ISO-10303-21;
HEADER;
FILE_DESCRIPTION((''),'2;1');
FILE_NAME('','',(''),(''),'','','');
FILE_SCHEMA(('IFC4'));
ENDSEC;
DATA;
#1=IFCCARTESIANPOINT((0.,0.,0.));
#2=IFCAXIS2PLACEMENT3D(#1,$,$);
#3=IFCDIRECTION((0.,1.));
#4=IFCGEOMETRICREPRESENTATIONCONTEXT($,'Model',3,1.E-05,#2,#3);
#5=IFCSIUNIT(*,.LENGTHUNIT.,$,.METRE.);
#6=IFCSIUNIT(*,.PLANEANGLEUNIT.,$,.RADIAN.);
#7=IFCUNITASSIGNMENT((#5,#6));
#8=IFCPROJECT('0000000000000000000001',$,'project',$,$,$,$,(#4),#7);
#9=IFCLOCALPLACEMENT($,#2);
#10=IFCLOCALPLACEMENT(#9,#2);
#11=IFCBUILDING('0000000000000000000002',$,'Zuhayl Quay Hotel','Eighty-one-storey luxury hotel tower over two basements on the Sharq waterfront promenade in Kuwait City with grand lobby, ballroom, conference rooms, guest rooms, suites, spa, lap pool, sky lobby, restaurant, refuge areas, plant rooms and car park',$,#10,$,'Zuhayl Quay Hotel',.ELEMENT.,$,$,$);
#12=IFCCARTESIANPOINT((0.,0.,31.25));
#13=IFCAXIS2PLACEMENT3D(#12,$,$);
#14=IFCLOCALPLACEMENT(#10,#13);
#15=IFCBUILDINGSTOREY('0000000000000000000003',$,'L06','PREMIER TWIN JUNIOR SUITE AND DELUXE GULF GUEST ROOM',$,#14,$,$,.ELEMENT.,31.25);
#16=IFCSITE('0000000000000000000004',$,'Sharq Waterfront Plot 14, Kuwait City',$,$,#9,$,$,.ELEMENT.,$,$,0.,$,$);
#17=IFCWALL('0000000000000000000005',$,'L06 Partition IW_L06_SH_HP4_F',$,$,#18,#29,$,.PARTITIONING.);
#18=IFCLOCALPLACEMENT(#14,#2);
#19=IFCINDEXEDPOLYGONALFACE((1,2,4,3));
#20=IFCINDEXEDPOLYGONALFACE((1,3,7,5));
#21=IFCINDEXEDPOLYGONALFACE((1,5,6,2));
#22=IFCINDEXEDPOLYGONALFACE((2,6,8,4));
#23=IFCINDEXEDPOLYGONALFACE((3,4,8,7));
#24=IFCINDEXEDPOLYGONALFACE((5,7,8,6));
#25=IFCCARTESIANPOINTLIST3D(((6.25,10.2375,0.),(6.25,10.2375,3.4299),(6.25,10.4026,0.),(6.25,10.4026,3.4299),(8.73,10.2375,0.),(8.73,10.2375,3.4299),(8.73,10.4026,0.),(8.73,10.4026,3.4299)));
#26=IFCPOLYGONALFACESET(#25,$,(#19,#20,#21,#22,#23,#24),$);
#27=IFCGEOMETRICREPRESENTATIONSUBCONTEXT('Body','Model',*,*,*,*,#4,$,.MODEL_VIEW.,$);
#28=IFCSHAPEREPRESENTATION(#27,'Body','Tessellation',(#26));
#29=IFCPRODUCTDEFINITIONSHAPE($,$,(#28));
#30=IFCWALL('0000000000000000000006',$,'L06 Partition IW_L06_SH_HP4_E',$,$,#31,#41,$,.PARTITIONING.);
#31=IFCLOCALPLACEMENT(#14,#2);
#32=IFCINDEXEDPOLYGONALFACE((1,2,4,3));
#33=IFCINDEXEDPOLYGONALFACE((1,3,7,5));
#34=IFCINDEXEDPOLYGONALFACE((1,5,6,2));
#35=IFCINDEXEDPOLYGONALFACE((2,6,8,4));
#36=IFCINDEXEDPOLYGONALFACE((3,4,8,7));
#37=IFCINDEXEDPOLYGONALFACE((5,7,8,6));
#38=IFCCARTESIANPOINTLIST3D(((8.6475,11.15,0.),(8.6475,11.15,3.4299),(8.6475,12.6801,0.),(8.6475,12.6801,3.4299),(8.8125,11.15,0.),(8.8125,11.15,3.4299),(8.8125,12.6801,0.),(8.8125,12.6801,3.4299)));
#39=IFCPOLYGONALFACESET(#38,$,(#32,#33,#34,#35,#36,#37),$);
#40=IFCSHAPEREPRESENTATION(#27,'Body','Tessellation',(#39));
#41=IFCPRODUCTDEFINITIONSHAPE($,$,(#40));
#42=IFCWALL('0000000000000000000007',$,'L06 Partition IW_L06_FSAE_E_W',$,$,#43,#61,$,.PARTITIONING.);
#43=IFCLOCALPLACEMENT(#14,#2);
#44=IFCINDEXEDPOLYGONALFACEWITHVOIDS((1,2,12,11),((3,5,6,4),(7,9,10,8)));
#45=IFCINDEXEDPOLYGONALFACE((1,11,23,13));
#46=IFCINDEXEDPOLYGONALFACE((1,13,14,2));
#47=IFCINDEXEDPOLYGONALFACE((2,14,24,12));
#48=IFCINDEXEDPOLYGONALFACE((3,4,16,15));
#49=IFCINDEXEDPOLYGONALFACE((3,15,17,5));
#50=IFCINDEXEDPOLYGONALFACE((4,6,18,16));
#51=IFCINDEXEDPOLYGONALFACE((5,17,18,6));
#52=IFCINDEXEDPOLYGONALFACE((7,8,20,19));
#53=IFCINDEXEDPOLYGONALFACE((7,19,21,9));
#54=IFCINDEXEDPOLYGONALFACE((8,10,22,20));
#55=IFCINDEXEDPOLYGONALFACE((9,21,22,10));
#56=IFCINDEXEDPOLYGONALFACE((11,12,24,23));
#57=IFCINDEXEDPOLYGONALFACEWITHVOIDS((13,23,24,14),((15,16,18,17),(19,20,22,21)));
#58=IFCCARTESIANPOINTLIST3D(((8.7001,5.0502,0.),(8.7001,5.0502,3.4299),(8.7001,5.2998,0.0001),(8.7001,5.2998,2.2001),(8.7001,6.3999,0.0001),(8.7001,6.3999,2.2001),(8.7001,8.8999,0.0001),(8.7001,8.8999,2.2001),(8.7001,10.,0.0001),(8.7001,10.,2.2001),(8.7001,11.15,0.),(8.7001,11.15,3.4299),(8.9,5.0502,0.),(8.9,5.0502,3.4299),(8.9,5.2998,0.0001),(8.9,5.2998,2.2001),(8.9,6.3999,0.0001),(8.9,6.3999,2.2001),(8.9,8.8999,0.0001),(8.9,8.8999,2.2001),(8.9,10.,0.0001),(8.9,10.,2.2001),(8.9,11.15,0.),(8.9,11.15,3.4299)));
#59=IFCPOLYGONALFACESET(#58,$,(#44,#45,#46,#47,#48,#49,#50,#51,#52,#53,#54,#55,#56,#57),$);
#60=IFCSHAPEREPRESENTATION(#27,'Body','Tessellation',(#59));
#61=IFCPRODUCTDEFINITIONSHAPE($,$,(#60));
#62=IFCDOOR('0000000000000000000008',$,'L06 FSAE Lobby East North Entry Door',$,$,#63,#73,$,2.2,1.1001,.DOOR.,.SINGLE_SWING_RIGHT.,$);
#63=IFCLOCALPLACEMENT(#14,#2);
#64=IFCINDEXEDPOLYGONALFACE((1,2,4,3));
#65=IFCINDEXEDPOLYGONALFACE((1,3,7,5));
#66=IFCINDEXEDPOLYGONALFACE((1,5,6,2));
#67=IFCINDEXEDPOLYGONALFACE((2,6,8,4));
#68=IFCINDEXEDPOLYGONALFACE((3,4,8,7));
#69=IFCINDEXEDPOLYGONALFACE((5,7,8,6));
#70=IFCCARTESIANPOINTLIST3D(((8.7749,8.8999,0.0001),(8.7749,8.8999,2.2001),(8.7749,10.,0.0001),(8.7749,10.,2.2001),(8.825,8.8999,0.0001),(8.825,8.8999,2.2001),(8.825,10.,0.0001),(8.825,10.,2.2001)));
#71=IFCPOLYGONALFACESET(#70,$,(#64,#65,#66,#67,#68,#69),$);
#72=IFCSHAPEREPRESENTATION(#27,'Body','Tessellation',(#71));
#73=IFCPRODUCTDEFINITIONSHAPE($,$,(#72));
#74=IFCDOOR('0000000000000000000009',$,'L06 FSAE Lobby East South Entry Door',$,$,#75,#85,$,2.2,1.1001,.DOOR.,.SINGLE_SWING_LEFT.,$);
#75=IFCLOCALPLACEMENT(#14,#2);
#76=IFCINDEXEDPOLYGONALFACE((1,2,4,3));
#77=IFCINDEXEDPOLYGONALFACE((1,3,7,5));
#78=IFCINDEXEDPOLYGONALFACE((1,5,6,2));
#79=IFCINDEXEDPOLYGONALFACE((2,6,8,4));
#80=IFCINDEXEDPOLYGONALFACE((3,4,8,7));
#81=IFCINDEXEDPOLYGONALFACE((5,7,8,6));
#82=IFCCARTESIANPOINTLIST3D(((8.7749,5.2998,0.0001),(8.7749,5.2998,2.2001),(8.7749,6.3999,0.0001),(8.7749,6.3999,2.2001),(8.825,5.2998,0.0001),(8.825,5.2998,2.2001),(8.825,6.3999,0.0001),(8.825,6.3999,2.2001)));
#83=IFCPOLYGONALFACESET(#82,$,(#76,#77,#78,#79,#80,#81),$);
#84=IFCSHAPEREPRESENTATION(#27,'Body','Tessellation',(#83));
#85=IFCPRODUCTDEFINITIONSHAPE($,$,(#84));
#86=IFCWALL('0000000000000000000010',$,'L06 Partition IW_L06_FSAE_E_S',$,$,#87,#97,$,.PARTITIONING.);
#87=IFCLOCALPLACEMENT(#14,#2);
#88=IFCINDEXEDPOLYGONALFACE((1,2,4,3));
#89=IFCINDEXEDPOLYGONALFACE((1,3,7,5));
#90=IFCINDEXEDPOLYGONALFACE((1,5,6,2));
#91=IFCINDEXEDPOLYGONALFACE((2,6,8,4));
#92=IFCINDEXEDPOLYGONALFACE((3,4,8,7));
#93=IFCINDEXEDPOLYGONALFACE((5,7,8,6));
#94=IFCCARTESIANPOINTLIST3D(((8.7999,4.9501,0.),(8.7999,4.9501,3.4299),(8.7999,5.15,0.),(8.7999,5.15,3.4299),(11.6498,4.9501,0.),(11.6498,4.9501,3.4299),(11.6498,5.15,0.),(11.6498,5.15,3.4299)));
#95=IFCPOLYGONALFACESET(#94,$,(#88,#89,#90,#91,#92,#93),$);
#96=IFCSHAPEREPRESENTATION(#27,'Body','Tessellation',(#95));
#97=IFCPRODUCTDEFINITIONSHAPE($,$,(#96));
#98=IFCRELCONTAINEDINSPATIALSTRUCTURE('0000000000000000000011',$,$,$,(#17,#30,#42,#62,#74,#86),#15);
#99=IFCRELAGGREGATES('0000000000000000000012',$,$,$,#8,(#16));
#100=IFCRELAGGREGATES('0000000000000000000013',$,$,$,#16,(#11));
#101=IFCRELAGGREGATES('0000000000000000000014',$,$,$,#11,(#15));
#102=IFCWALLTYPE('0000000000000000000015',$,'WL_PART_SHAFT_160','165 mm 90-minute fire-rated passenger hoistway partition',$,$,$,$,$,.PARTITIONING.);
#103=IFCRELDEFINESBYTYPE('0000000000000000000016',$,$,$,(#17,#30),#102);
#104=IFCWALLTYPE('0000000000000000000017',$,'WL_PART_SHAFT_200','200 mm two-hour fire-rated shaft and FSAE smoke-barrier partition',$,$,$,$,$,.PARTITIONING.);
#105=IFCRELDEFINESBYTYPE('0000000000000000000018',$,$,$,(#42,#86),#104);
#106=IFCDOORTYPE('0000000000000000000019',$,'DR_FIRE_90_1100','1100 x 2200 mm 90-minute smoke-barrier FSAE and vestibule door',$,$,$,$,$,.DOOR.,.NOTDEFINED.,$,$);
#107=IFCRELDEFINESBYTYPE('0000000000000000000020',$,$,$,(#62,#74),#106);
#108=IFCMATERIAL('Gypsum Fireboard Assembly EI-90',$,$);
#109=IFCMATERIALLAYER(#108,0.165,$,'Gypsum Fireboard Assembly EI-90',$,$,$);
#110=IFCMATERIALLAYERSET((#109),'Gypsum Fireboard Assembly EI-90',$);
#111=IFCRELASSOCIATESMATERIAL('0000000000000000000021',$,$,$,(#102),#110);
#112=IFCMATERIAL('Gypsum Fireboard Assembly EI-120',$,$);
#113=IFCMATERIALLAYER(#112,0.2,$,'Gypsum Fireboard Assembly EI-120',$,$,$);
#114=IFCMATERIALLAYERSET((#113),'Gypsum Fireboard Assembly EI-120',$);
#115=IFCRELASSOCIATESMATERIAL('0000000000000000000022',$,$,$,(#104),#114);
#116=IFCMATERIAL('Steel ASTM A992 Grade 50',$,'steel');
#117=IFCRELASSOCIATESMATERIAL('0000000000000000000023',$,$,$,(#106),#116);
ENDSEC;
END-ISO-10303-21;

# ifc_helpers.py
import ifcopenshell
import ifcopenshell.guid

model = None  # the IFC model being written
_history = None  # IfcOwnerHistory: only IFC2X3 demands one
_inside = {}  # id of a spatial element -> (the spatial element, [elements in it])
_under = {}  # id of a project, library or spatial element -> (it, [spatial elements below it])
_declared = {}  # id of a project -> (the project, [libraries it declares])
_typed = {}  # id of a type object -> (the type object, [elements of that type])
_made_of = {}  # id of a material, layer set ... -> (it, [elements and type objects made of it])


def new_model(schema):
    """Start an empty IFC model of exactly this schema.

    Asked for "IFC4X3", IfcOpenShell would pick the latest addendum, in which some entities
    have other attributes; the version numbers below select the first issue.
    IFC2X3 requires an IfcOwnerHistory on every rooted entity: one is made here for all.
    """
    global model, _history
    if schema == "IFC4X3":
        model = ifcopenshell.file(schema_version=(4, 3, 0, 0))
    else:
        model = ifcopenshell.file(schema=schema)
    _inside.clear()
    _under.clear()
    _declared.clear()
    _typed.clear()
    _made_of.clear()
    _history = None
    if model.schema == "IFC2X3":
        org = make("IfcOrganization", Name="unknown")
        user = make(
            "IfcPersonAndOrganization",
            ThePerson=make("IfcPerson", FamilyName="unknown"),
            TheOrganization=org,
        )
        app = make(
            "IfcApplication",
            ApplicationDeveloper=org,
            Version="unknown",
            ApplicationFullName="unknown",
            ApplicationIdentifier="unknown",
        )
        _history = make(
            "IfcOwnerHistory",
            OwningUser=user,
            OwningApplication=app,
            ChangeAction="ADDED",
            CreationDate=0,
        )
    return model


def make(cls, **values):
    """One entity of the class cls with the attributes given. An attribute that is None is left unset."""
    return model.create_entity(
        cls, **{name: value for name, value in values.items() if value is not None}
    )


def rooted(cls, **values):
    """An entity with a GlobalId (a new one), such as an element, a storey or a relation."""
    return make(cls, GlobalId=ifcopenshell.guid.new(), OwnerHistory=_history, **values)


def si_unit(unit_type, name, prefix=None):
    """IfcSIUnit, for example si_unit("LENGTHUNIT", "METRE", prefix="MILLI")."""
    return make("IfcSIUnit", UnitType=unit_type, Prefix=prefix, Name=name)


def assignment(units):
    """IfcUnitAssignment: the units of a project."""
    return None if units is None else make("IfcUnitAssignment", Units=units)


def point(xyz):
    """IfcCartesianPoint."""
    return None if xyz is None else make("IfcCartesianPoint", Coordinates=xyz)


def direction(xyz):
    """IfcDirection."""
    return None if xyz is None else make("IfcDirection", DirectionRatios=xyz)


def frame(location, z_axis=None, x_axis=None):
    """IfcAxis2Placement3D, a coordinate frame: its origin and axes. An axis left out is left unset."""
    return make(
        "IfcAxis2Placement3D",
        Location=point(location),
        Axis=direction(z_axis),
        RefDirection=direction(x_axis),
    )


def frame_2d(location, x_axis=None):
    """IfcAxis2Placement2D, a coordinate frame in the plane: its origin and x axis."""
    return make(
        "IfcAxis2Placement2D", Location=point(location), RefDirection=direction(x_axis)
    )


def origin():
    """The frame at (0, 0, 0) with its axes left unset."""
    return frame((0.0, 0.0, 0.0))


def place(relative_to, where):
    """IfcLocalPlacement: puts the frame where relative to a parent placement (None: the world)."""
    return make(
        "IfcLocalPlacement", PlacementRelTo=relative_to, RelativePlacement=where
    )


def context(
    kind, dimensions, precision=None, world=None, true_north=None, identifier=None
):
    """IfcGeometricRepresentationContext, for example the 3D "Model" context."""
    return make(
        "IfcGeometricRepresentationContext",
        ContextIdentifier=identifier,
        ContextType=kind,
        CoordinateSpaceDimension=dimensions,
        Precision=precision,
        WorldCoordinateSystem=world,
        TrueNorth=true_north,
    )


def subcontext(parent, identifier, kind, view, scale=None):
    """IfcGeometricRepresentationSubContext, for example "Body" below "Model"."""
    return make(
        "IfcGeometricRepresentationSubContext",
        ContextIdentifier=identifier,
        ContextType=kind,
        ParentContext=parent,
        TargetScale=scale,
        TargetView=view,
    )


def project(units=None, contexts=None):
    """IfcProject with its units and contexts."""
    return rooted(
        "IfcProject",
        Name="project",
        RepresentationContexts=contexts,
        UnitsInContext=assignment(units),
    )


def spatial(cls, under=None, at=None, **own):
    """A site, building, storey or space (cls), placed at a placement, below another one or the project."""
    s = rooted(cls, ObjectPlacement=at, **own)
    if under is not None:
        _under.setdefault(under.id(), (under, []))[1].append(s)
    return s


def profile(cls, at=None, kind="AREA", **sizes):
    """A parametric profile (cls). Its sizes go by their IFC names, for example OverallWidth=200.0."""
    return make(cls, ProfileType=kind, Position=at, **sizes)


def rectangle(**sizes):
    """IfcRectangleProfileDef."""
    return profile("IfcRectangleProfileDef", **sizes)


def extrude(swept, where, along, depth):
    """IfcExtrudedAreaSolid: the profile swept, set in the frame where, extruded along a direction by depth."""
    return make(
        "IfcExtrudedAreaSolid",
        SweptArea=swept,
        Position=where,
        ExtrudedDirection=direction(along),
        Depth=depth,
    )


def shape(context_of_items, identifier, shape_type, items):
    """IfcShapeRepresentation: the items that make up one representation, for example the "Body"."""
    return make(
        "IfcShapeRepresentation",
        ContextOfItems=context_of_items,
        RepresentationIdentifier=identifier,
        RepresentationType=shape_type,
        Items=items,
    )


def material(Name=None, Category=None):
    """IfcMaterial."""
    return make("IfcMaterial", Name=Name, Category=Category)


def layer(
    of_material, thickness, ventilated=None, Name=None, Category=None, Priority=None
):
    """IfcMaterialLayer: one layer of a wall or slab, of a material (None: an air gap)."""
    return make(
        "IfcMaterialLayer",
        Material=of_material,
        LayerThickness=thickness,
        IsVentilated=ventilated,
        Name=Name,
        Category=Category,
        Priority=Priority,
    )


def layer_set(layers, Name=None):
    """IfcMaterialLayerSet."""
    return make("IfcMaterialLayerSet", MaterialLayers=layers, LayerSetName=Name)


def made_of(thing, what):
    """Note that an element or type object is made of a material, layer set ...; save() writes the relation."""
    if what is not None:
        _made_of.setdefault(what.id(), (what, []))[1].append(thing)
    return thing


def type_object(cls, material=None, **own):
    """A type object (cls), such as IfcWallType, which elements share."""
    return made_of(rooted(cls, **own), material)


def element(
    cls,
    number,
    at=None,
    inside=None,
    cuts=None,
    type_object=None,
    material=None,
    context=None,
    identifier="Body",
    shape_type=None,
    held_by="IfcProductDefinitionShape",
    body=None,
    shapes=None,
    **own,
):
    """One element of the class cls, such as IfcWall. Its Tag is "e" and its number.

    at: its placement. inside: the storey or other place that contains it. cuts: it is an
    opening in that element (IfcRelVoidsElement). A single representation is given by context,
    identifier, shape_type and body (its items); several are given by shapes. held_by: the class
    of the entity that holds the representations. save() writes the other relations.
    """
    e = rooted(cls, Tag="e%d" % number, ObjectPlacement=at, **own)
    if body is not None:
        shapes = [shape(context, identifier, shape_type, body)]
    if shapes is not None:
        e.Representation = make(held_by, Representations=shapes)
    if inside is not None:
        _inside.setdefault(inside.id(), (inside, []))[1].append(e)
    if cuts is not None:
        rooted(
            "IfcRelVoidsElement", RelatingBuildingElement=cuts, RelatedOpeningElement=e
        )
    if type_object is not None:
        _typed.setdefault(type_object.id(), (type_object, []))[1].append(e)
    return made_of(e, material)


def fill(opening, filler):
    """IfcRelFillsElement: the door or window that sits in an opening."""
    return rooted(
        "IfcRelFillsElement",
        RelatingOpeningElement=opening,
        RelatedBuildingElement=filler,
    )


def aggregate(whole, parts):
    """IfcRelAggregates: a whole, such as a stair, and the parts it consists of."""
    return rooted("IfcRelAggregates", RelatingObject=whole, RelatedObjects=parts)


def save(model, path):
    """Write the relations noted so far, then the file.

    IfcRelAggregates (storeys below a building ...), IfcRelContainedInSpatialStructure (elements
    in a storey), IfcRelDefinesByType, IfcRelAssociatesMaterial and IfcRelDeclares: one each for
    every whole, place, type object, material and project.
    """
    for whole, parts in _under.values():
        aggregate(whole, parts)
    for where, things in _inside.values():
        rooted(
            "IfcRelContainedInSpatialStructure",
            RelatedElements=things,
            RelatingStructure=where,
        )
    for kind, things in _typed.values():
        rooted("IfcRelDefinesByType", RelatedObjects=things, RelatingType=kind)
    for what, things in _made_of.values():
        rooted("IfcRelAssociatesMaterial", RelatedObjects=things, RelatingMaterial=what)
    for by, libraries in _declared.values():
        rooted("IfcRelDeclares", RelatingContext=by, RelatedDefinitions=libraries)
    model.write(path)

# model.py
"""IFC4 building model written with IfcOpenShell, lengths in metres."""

from ifc_helpers import new_model, si_unit, direction, frame, frame_2d, origin, place, context, subcontext, project, spatial, rectangle, extrude, material, layer, layer_set, type_object, element, fill, save


model = new_model("IFC4")

# Units and contexts
model_context = context("Model", 3, precision=1e-05, world=origin(), true_north=direction((0.0, 1.0)))
body_context = subcontext(model_context, "Body", "Model", "MODEL_VIEW")
ifc_project = project(units=[si_unit("LENGTHUNIT", "METRE"), si_unit("PLANEANGLEUNIT", "RADIAN")], contexts=[model_context])

# Site, building, storey
site_placement = place(None, origin())
site = spatial("IfcSite", under=ifc_project, at=site_placement, Name="Sharq Waterfront Plot 14, Kuwait City", CompositionType="ELEMENT", RefElevation=0.0)
building_placement = place(site_placement, origin())
building = spatial("IfcBuilding", under=site, at=building_placement, Name="Zuhayl Quay Hotel", Description="Eighty-one-storey luxury hotel tower over two basements on the Sharq waterfront promenade in Kuwait City with grand lobby, ballroom, conference rooms, guest rooms, suites, spa, lap pool, sky lobby, restaurant, refuge areas, plant rooms and car park", LongName="Zuhayl Quay Hotel", CompositionType="ELEMENT")
storey_placement = place(building_placement, frame((0.0, 0.0, 31.25)))
storey = spatial("IfcBuildingStorey", under=building, at=storey_placement, Name="L06", Description="PREMIER TWIN JUNIOR SUITE AND DELUXE GULF GUEST ROOM", CompositionType="ELEMENT", Elevation=31.25)

# Shared definitions
ifc_material_1 = material(Name="Steel ASTM A992 Grade 50", Category="steel")

# Shared definitions
ifc_material_2 = material(Name="Gypsum Fireboard Assembly EI-90")
ifc_layer_1 = layer(ifc_material_2, 0.165, Name="Gypsum Fireboard Assembly EI-90")
ifc_layer_set_1 = layer_set([ifc_layer_1], Name="Gypsum Fireboard Assembly EI-90")
wall_type_1 = type_object("IfcWallType", Name="WL_PART_SHAFT_160", Description="165 mm 90-minute fire-rated passenger hoistway partition", PredefinedType="PARTITIONING", material=ifc_layer_set_1)

# Walls
wall_1_placement = place(storey_placement, frame((6.25, 10.3201, 0.0), z_axis=(0.0, 0.0, 1.0), x_axis=(1.0, 0.0, 0.0)))
element("IfcWall", 1, at=wall_1_placement, inside=storey, type_object=wall_type_1, Name="L06 Partition IW_L06_SH_HP4_F", PredefinedType="PARTITIONING", context=body_context, shape_type="SweptSolid", body=[
    extrude(rectangle(XDim=2.48, YDim=0.165, at=frame_2d((1.24, 0.0))), origin(), (0.0, 0.0, 1.0), 3.4299),
])
wall_2_placement = place(storey_placement, frame((8.73, 11.1499, 0.0), z_axis=(0.0, 0.0, 1.0), x_axis=(0.0, 1.0, 0.0)))
element("IfcWall", 2, at=wall_2_placement, inside=storey, type_object=wall_type_1, Name="L06 Partition IW_L06_SH_HP4_E", PredefinedType="PARTITIONING", context=body_context, shape_type="SweptSolid", body=[
    extrude(rectangle(XDim=1.53, YDim=0.165, at=frame_2d((0.7651, 0.0))), origin(), (0.0, 0.0, 1.0), 3.4299),
])

# Wall, openings, doors
ifc_material_3 = material(Name="Gypsum Fireboard Assembly EI-120")
ifc_layer_2 = layer(ifc_material_3, 0.2, Name="Gypsum Fireboard Assembly EI-120")
ifc_layer_set_2 = layer_set([ifc_layer_2], Name="Gypsum Fireboard Assembly EI-120")
wall_type_2 = type_object("IfcWallType", Name="WL_PART_SHAFT_200", Description="200 mm two-hour fire-rated shaft and FSAE smoke-barrier partition", PredefinedType="PARTITIONING", material=ifc_layer_set_2)
wall_3_placement = place(storey_placement, frame((8.8, 11.1499, 0.0), z_axis=(0.0, 0.0, 1.0), x_axis=(0.0, -1.0, 0.0)))
wall_3 = element("IfcWall", 3, at=wall_3_placement, inside=storey, type_object=wall_type_2, Name="L06 Partition IW_L06_FSAE_E_W", PredefinedType="PARTITIONING", context=body_context, shape_type="SweptSolid", body=[
    extrude(rectangle(XDim=6.0999, YDim=0.2, at=frame_2d((3.0498, 0.0))), origin(), (0.0, 0.0, 1.0), 3.4299),
])
opening_1_placement = place(wall_3_placement, frame((1.1499, 0.0, 0.0)))
opening_1 = element("IfcOpeningElement", 4, at=opening_1_placement, cuts=wall_3, PredefinedType="OPENING", context=body_context, shape_type="SweptSolid", body=[
    extrude(rectangle(XDim=1.1001, YDim=2.2, at=frame_2d((0.55, 1.1001))), frame((0.0, 0.1099, 0.0), z_axis=(0.0, -1.0, 0.0), x_axis=(1.0, 0.0, 0.0)), (0.0, 0.0, 1.0), 0.22),
])
opening_2_placement = place(wall_3_placement, frame((4.75, 0.0, 0.0)))
opening_2 = element("IfcOpeningElement", 5, at=opening_2_placement, cuts=wall_3, PredefinedType="OPENING", context=body_context, shape_type="SweptSolid", body=[
    extrude(rectangle(XDim=1.1001, YDim=2.2, at=frame_2d((0.55, 1.1001))), frame((0.0, 0.1099, 0.0), z_axis=(0.0, -1.0, 0.0), x_axis=(1.0, 0.0, 0.0)), (0.0, 0.0, 1.0), 0.22),
])
door_type_1 = type_object("IfcDoorType", Name="DR_FIRE_90_1100", Description="1100 x 2200 mm 90-minute smoke-barrier FSAE and vestibule door", OperationType="NOTDEFINED", PredefinedType="DOOR", material=ifc_material_1)
door_1_placement = place(opening_1_placement, origin())
door_1 = element("IfcDoor", 6, at=door_1_placement, inside=storey, type_object=door_type_1, Name="L06 FSAE Lobby East North Entry Door", OperationType="SINGLE_SWING_RIGHT", OverallHeight=2.2, OverallWidth=1.1001, PredefinedType="DOOR", context=body_context, shape_type="SweptSolid", body=[
    extrude(rectangle(XDim=1.1001, YDim=2.2, at=frame_2d((0.55, 1.1001))), frame((0.0, 0.0249, 0.0), z_axis=(0.0, -1.0, 0.0), x_axis=(1.0, 0.0, 0.0)), (0.0, 0.0, 1.0), 0.05),
])
fill(opening_1, door_1)
door_2_placement = place(opening_2_placement, origin())
door_2 = element("IfcDoor", 7, at=door_2_placement, inside=storey, type_object=door_type_1, Name="L06 FSAE Lobby East South Entry Door", OperationType="SINGLE_SWING_LEFT", OverallHeight=2.2, OverallWidth=1.1001, PredefinedType="DOOR", context=body_context, shape_type="SweptSolid", body=[
    extrude(rectangle(XDim=1.1001, YDim=2.2, at=frame_2d((0.55, 1.1001))), frame((0.0, 0.0249, 0.0), z_axis=(0.0, -1.0, 0.0), x_axis=(1.0, 0.0, 0.0)), (0.0, 0.0, 1.0), 0.05),
])
fill(opening_2, door_2)

# Wall
wall_4_placement = place(storey_placement, frame((8.8, 5.05, 0.0), z_axis=(0.0, 0.0, 1.0), x_axis=(1.0, 0.0, 0.0)))
element("IfcWall", 8, at=wall_4_placement, inside=storey, type_object=wall_type_2, Name="L06 Partition IW_L06_FSAE_E_S", PredefinedType="PARTITIONING", context=body_context, shape_type="SweptSolid", body=[
    extrude(rectangle(XDim=2.8499, YDim=0.2, at=frame_2d((1.4248, 0.0))), origin(), (0.0, 0.0, 1.0), 3.4299),
])

save(model, "model.ifc")
